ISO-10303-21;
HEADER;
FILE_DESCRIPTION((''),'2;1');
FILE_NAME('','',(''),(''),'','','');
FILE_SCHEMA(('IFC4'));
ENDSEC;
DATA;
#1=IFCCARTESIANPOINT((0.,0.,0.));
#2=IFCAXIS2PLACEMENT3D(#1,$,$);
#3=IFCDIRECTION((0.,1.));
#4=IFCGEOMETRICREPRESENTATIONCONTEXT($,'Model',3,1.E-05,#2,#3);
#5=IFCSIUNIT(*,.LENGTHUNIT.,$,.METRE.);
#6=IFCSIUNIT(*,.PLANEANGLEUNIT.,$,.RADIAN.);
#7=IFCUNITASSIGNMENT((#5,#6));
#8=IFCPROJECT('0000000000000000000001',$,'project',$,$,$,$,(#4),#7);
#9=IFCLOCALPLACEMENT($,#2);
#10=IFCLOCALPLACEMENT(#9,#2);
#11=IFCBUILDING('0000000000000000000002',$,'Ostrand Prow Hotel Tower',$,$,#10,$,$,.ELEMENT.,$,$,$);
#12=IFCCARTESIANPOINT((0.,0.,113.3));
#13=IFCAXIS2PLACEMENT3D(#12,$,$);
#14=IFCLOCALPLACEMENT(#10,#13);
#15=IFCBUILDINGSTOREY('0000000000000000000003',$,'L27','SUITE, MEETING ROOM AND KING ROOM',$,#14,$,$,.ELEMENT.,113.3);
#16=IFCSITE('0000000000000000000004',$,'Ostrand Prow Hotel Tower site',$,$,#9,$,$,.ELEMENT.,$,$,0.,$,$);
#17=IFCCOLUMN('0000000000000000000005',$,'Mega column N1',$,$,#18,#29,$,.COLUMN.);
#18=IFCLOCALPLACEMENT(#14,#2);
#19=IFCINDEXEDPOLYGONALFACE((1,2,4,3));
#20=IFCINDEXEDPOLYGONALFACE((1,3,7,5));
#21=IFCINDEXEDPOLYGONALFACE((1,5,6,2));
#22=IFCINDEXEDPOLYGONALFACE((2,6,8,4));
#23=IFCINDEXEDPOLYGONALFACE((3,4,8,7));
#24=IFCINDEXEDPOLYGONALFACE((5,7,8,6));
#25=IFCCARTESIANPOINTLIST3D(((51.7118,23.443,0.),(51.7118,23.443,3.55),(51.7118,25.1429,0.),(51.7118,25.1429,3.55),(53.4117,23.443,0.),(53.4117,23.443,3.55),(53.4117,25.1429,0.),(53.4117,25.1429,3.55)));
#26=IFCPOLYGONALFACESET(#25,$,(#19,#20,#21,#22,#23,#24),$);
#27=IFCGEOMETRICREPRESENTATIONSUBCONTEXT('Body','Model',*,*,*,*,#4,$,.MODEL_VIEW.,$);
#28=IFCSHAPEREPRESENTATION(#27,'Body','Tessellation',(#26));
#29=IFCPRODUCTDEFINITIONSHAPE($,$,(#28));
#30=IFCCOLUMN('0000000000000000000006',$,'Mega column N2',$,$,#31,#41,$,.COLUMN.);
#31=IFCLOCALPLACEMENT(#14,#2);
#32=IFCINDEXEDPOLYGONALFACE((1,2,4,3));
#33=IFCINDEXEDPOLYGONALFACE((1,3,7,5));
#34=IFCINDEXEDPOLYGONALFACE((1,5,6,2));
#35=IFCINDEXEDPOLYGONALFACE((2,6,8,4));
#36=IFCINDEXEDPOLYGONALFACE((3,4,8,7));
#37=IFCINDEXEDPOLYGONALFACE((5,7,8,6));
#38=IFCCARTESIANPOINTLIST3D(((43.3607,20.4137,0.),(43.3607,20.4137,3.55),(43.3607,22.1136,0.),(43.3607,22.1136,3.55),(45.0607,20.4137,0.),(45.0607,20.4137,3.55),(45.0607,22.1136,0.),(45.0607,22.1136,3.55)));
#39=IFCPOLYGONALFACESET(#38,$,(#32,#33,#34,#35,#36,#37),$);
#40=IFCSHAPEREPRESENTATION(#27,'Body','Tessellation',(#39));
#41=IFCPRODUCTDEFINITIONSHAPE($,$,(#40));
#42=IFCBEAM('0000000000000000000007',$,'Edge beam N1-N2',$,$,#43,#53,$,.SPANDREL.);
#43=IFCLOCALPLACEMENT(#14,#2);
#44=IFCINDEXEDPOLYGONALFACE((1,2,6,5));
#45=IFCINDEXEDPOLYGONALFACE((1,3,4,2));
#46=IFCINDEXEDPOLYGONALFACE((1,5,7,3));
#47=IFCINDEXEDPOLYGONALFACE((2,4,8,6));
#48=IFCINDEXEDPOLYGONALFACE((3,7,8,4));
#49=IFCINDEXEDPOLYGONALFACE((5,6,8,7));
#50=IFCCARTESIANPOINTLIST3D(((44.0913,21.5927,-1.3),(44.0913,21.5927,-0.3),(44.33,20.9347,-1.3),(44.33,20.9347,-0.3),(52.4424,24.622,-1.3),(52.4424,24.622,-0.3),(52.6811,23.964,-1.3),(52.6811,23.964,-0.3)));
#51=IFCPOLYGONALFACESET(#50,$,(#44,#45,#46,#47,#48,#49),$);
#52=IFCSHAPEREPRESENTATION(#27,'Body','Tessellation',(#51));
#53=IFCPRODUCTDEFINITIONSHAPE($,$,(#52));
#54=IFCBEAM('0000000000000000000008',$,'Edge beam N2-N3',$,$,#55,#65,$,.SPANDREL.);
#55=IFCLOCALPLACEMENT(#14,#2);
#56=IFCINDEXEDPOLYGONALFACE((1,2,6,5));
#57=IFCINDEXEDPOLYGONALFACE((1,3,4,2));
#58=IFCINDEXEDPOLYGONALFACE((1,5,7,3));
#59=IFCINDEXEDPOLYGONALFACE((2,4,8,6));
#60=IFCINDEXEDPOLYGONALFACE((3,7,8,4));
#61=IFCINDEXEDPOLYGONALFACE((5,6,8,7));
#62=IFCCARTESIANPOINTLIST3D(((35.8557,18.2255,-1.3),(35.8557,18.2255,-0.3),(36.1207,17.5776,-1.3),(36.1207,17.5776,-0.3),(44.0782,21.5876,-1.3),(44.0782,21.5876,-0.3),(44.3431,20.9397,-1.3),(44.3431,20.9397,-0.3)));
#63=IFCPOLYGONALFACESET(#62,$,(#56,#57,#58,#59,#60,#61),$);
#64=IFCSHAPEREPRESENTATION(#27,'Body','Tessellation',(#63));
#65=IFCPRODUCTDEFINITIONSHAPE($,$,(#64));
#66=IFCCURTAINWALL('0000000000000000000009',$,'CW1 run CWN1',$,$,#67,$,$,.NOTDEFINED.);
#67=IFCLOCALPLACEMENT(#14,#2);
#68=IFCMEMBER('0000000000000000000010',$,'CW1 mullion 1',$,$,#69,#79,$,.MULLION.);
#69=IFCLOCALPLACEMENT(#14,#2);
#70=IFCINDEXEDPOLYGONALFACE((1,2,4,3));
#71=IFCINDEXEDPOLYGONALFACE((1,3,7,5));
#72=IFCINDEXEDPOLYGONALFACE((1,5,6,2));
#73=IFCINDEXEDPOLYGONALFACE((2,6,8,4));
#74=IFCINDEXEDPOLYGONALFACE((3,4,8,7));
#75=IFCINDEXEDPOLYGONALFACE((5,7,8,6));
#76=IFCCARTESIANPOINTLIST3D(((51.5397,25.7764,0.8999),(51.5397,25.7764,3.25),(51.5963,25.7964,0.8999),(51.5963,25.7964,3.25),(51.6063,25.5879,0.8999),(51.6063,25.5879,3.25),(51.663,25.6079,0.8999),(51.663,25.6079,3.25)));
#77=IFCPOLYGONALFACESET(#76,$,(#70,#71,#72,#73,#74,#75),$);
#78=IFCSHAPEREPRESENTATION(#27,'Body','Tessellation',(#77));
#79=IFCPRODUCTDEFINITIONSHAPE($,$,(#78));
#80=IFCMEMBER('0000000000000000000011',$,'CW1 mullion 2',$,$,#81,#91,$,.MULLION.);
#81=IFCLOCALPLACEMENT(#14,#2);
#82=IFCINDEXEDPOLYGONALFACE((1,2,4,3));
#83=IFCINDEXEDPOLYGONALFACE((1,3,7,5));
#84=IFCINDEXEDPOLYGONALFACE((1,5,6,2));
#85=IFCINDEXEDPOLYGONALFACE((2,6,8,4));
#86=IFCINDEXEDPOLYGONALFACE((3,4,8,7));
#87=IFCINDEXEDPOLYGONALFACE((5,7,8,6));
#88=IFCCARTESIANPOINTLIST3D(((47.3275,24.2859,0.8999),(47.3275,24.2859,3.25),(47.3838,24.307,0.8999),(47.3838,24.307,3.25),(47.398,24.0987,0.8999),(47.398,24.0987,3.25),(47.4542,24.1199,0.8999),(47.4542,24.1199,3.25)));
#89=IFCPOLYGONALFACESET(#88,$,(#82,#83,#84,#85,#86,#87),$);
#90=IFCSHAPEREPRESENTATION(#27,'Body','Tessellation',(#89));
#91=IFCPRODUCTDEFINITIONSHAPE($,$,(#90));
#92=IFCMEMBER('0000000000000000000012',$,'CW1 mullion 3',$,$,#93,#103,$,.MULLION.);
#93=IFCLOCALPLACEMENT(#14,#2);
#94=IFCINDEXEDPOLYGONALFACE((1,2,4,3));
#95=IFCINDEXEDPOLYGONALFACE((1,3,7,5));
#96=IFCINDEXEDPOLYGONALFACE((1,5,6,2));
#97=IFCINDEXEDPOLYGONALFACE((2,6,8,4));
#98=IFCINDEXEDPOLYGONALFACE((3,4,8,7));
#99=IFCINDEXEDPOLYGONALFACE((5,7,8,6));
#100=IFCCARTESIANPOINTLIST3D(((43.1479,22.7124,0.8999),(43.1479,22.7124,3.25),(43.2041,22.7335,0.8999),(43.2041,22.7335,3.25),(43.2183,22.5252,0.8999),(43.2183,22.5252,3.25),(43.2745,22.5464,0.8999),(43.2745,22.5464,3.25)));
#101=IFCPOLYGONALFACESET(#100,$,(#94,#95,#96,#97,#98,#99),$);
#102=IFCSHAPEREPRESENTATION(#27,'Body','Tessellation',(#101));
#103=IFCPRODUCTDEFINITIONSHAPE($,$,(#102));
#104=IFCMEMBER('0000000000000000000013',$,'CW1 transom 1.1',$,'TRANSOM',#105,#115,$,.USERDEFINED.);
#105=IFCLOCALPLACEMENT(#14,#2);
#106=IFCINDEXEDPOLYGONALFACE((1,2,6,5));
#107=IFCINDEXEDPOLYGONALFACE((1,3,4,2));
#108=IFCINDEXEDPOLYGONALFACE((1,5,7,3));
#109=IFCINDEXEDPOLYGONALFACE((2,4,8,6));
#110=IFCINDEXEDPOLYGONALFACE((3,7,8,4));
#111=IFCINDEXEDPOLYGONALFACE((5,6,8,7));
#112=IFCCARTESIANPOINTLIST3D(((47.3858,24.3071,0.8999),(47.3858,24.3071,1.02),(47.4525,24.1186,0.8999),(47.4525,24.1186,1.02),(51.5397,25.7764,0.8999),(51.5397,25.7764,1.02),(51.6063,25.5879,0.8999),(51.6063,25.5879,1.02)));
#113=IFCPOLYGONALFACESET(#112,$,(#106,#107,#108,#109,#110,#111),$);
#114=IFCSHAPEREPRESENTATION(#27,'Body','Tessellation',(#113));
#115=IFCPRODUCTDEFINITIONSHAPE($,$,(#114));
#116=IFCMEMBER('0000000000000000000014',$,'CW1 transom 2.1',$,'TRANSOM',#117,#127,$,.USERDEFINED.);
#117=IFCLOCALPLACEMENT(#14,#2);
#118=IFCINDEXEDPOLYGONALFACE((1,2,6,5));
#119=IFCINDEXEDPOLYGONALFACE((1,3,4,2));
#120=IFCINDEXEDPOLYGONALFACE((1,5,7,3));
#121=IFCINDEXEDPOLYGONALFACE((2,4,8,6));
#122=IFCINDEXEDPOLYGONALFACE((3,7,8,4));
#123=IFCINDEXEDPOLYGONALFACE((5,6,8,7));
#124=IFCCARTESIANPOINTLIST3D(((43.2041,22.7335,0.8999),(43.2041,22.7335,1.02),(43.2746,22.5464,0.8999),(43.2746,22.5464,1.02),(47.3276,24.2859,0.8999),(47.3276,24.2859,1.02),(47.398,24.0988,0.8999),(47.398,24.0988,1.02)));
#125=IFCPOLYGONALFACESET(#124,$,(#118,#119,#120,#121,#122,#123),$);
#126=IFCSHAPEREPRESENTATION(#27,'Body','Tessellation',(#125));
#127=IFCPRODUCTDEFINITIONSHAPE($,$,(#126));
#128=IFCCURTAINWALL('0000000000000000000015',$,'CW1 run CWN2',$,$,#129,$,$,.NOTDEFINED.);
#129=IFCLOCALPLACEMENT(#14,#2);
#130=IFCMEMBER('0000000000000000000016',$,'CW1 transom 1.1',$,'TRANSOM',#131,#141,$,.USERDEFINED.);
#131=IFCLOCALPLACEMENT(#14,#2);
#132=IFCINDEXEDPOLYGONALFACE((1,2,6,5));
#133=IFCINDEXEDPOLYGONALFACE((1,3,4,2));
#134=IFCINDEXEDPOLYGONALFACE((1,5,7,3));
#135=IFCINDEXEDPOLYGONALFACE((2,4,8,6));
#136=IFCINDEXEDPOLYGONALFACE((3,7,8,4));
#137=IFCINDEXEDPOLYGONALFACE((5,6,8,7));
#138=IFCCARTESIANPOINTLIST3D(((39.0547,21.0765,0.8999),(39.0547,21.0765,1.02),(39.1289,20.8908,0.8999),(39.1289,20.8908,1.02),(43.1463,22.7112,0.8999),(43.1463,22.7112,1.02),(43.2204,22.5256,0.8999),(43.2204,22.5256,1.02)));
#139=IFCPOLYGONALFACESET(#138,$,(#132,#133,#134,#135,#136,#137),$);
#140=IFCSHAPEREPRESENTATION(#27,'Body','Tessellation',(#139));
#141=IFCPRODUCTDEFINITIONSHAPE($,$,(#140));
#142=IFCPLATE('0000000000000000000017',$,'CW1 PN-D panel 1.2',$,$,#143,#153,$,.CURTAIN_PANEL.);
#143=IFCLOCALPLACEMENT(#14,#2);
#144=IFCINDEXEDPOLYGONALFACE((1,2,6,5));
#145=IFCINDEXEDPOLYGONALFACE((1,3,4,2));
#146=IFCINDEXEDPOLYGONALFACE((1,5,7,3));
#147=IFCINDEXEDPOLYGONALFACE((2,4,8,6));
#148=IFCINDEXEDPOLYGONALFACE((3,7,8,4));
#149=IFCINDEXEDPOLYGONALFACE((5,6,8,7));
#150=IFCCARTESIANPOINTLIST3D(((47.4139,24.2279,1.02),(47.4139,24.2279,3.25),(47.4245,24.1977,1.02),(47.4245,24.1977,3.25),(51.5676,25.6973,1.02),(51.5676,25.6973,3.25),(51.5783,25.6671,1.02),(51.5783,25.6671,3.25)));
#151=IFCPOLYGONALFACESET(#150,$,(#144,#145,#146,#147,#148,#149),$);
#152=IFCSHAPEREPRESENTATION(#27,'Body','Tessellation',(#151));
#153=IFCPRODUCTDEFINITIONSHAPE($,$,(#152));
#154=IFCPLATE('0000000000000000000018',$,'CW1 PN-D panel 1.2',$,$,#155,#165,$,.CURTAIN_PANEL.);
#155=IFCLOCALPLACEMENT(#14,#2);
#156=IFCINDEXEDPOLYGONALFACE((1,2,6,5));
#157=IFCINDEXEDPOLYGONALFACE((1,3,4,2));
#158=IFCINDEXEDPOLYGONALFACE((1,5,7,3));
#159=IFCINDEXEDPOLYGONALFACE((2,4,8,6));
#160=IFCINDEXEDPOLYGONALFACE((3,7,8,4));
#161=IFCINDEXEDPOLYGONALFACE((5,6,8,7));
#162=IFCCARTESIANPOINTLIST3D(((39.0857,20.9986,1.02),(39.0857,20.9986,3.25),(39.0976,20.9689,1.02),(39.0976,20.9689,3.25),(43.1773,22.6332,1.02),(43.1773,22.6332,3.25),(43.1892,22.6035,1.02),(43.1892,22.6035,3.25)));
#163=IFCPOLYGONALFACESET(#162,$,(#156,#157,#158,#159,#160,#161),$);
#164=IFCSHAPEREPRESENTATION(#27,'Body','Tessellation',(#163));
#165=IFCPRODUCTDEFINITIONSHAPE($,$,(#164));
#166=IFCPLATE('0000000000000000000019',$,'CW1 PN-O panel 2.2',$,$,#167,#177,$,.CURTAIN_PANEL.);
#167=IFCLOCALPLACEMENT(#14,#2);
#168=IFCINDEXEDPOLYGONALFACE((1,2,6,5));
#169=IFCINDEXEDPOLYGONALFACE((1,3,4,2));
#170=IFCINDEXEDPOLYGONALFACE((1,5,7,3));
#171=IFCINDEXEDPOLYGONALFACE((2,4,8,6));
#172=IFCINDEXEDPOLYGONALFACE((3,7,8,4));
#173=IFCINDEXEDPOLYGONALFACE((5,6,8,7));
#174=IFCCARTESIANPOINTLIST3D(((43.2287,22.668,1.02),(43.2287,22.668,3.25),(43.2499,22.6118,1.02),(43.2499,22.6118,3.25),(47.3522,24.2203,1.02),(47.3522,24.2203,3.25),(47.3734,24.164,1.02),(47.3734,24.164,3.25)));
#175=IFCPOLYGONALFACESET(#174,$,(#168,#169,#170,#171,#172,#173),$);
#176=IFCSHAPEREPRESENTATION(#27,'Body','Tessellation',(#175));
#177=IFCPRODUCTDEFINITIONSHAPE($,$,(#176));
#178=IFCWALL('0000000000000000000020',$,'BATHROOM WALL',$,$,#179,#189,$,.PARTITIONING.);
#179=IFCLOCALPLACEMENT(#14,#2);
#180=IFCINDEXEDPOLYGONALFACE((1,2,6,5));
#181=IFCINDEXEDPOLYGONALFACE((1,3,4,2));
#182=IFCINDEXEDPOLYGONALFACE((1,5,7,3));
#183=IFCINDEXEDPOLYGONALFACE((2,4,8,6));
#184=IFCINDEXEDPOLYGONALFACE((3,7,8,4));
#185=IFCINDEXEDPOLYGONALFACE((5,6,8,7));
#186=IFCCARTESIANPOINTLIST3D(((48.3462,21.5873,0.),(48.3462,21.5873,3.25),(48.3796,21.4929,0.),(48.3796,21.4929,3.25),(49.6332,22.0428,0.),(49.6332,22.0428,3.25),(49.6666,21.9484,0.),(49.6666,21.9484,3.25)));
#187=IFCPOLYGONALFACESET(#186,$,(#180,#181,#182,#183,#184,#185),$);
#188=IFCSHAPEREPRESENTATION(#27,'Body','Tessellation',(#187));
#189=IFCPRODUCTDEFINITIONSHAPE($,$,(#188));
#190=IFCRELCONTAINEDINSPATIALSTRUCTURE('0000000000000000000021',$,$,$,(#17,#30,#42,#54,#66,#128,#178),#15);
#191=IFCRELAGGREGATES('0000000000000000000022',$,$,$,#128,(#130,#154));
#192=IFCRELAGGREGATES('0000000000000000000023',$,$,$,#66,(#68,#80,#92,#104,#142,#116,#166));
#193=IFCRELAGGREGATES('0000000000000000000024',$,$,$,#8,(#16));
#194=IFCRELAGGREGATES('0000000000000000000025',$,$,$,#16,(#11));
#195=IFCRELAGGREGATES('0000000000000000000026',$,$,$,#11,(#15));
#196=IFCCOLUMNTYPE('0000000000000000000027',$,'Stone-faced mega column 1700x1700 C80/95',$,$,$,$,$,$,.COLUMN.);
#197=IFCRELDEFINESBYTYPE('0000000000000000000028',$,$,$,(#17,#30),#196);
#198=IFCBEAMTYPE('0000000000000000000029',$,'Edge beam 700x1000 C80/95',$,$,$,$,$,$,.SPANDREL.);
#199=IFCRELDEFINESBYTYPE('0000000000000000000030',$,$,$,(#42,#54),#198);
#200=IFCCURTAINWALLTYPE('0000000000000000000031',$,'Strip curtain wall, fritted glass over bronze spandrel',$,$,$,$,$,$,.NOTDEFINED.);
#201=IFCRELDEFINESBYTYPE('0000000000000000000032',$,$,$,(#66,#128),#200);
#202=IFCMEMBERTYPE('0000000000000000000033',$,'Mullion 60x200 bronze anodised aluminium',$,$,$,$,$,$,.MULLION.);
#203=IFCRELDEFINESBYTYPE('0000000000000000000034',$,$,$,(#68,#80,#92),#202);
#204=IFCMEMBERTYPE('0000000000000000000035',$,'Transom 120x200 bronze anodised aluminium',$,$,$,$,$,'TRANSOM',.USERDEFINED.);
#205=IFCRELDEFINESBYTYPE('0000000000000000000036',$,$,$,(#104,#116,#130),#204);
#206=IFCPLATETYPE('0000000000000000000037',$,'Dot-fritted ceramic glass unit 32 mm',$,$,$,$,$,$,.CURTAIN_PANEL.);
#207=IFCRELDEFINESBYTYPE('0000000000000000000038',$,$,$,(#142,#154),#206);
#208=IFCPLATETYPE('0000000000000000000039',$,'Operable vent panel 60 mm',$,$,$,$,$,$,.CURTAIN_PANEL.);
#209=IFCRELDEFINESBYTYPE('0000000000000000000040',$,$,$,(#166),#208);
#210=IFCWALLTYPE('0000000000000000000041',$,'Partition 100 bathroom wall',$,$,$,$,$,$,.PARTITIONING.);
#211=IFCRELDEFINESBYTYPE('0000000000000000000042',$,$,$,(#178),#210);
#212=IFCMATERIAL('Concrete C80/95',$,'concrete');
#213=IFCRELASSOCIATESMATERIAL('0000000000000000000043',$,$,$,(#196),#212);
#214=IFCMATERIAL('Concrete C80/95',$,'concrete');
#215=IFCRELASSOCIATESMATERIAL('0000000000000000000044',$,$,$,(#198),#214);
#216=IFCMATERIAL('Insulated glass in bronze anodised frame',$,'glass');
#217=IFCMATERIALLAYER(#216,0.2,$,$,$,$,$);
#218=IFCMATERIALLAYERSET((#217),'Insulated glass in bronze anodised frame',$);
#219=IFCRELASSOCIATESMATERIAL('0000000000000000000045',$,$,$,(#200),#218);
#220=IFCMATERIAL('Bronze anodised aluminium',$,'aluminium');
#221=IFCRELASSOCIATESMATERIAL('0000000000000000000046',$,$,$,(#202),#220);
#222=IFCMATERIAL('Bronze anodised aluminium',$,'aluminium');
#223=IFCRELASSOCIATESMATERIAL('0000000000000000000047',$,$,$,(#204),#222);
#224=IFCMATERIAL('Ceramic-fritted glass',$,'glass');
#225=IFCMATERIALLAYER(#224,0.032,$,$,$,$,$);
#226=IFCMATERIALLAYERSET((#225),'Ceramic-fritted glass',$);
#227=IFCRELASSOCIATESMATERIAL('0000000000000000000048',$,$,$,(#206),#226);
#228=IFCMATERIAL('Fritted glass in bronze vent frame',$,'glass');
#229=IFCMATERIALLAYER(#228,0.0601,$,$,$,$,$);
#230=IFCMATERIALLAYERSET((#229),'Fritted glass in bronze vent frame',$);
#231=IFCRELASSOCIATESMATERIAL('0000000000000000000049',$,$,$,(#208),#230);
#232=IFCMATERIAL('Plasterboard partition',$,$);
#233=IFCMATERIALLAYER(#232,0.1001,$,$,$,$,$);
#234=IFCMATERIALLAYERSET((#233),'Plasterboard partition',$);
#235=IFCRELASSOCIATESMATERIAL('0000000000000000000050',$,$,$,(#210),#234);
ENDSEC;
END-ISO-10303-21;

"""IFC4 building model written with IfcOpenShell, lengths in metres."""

from ifc_helpers import new_model, si_unit, direction, frame, frame_2d, origin, origin_2d, place, context, subcontext, project, spatial, rectangle, extrude, material, layer, layer_set, material_profile, profile_set, type_object, element, aggregate, save


model = new_model("IFC4")

# Units and contexts
model_context = context("Model", 3, precision=1e-05, world=origin(), true_north=direction((0.0, 1.0)))
body_context = subcontext(model_context, "Body", "Model", "MODEL_VIEW")
ifc_project = project(units=[si_unit("LENGTHUNIT", "METRE"), si_unit("PLANEANGLEUNIT", "RADIAN")], contexts=[model_context])

# Site, building, storey
site_placement = place(None, origin())
site = spatial("IfcSite", under=ifc_project, at=site_placement, Name="Ostrand Prow Hotel Tower site", CompositionType="ELEMENT", RefElevation=0.0)
building_placement = place(site_placement, origin())
building = spatial("IfcBuilding", under=site, at=building_placement, Name="Ostrand Prow Hotel Tower", CompositionType="ELEMENT")
storey_placement = place(building_placement, frame((0.0, 0.0, 113.3)))
storey = spatial("IfcBuildingStorey", under=building, at=storey_placement, Name="L27", Description="SUITE, MEETING ROOM AND KING ROOM", CompositionType="ELEMENT", Elevation=113.3)

# Columns
ifc_material_1 = material(Name="Concrete C80/95", Category="concrete")
ifc_material_profile_1 = material_profile(ifc_material_1, rectangle(XDim=1.7, YDim=1.7, at=origin_2d()), Name="RC 1700x1700")
ifc_profile_set_1 = profile_set([ifc_material_profile_1], Name="Concrete C80/95")
column_type = type_object("IfcColumnType", Name="Stone-faced mega column 1700x1700 C80/95", PredefinedType="COLUMN", material=ifc_profile_set_1)
for number, where, z_axis, x_axis, name in (
    (1, (52.5618, 24.293, 0.0), (0.0, 0.0, 1.0), (1.0, 0.0, 0.0), "Mega column N1"),
    (2, (44.2107, 21.2637, 0.0), (0.0, 0.0, 1.0), (1.0, 0.0, 0.0), "Mega column N2"),
):
    element("IfcColumn", number, at=place(storey_placement, frame(where, z_axis=z_axis, x_axis=x_axis)), inside=storey, type_object=column_type, Name=name, PredefinedType="COLUMN", context=body_context, shape_type="SweptSolid", body=[
        extrude(rectangle(XDim=1.7, YDim=1.7, at=origin_2d()), origin(), (0.0, 0.0, 1.0), 3.55),
    ])

# Beams
ifc_material_2 = material(Name="Concrete C80/95", Category="concrete")
ifc_material_profile_2 = material_profile(ifc_material_2, rectangle(XDim=0.7, YDim=1.0, at=origin_2d()), Name="RC 700x1000")
ifc_profile_set_2 = profile_set([ifc_material_profile_2], Name="Concrete C80/95")
beam_type = type_object("IfcBeamType", Name="Edge beam 700x1000 C80/95", PredefinedType="SPANDREL", material=ifc_profile_set_2)
beam_1_placement = place(storey_placement, frame((52.5618, 24.293, -0.8), z_axis=(-0.940063, -0.341002, 0.0), x_axis=(0.341002, -0.940063, 0.0)))
element("IfcBeam", 3, at=beam_1_placement, inside=storey, type_object=beam_type, Name="Edge beam N1-N2", PredefinedType="SPANDREL", context=body_context, shape_type="SweptSolid", body=[
    extrude(rectangle(XDim=0.7, YDim=1.0, at=origin_2d()), origin(), (0.0, 0.0, 1.0), 8.8835),
])
beam_2_placement = place(storey_placement, frame((44.2107, 21.2637, -0.8), z_axis=(-0.925612, -0.378473, 0.0), x_axis=(0.378473, -0.925612, 0.0)))
element("IfcBeam", 4, at=beam_2_placement, inside=storey, type_object=beam_type, Name="Edge beam N2-N3", PredefinedType="SPANDREL", context=body_context, shape_type="SweptSolid", body=[
    extrude(rectangle(XDim=0.7, YDim=1.0, at=origin_2d()), origin(), (0.0, 0.0, 1.0), 8.8833),
])

# Curtain wall, members
ifc_material_3 = material(Name="Insulated glass in bronze anodised frame", Category="glass")
ifc_layer_1 = layer(ifc_material_3, 0.2)
ifc_layer_set_1 = layer_set([ifc_layer_1], Name="Insulated glass in bronze anodised frame")
curtain_wall_type = type_object("IfcCurtainWallType", Name="Strip curtain wall, fritted glass over bronze spandrel", PredefinedType="NOTDEFINED", material=ifc_layer_set_1)
curtain_wall_1_placement = place(storey_placement, origin())
curtain_wall_1 = element("IfcCurtainWall", 5, at=curtain_wall_1_placement, inside=storey, type_object=curtain_wall_type, Name="CW1 run CWN1", PredefinedType="NOTDEFINED")
ifc_material_4 = material(Name="Bronze anodised aluminium", Category="aluminium")
ifc_material_profile_3 = material_profile(ifc_material_4, rectangle(XDim=0.2, YDim=0.0601, at=origin_2d()), Name="Mullion 60x200 bronze anodised aluminium")
ifc_profile_set_3 = profile_set([ifc_material_profile_3], Name="Bronze anodised aluminium")
member_type_1 = type_object("IfcMemberType", Name="Mullion 60x200 bronze anodised aluminium", PredefinedType="MULLION", material=ifc_profile_set_3)
member_1_placement = place(storey_placement, frame((51.6013, 25.6921, 0.8999), z_axis=(0.0, 0.0, 1.0), x_axis=(0.333496, -0.942752, 0.0)))
member_1 = element("IfcMember", 6, at=member_1_placement, type_object=member_type_1, Name="CW1 mullion 1", PredefinedType="MULLION", context=body_context, shape_type="SweptSolid", body=[
    extrude(rectangle(XDim=0.2, YDim=0.0601, at=origin_2d()), origin(), (0.0, 0.0, 1.0), 2.3501),
])
member_2_placement = place(storey_placement, frame((47.3909, 24.2029, 0.8999), z_axis=(0.0, 0.0, 1.0), x_axis=(0.352309, -0.935884, 0.0)))
member_2 = element("IfcMember", 7, at=member_2_placement, type_object=member_type_1, Name="CW1 mullion 2", PredefinedType="MULLION", context=body_context, shape_type="SweptSolid", body=[
    extrude(rectangle(XDim=0.2, YDim=0.0601, at=origin_2d()), origin(), (0.0, 0.0, 1.0), 2.3501),
])
member_3_placement = place(storey_placement, frame((43.2112, 22.6294, 0.8999), z_axis=(0.0, 0.0, 1.0), x_axis=(0.352309, -0.935884, 0.0)))
member_3 = element("IfcMember", 8, at=member_3_placement, type_object=member_type_1, Name="CW1 mullion 3", PredefinedType="MULLION", context=body_context, shape_type="SweptSolid", body=[
    extrude(rectangle(XDim=0.2, YDim=0.0601, at=origin_2d()), origin(), (0.0, 0.0, 1.0), 2.3501),
])
ifc_material_5 = material(Name="Bronze anodised aluminium", Category="aluminium")
ifc_material_profile_4 = material_profile(ifc_material_5, rectangle(XDim=0.2, YDim=0.1201, at=origin_2d()), Name="Transom 120x200 bronze anodised aluminium")
ifc_profile_set_4 = profile_set([ifc_material_profile_4], Name="Bronze anodised aluminium")
member_type_2 = type_object("IfcMemberType", Name="Transom 120x200 bronze anodised aluminium", ElementType="TRANSOM", PredefinedType="USERDEFINED", material=ifc_profile_set_4)
member_4_placement = place(storey_placement, frame((51.573, 25.6821, 0.96), z_axis=(-0.942763, -0.333463, 0.0), x_axis=(0.333463, -0.942763, 0.0)))
member_4 = element("IfcMember", 9, at=member_4_placement, type_object=member_type_2, Name="CW1 transom 1.1", ObjectType="TRANSOM", PredefinedType="USERDEFINED", context=body_context, shape_type="SweptSolid", body=[
    extrude(rectangle(XDim=0.2, YDim=0.1201, at=origin_2d()), origin(), (0.0, 0.0, 1.0), 4.406),
])
member_5_placement = place(storey_placement, frame((47.3628, 24.1924, 0.96), z_axis=(-0.935868, -0.35235, 0.0), x_axis=(0.35235, -0.935868, 0.0)))
member_5 = element("IfcMember", 10, at=member_5_placement, type_object=member_type_2, Name="CW1 transom 2.1", ObjectType="TRANSOM", PredefinedType="USERDEFINED", context=body_context, shape_type="SweptSolid", body=[
    extrude(rectangle(XDim=0.2, YDim=0.1201, at=origin_2d()), origin(), (0.0, 0.0, 1.0), 4.406),
])

# Curtain wall, member
curtain_wall_2_placement = place(storey_placement, origin())
curtain_wall_2 = element("IfcCurtainWall", 11, at=curtain_wall_2_placement, inside=storey, type_object=curtain_wall_type, Name="CW1 run CWN2", PredefinedType="NOTDEFINED")
member_6_placement = place(storey_placement, frame((43.1833, 22.6184, 0.96), z_axis=(-0.928622, -0.371028, 0.0), x_axis=(0.371028, -0.928622, 0.0)))
member_6 = element("IfcMember", 12, at=member_6_placement, type_object=member_type_2, Name="CW1 transom 1.1", ObjectType="TRANSOM", PredefinedType="USERDEFINED", context=body_context, shape_type="SweptSolid", body=[
    extrude(rectangle(XDim=0.2, YDim=0.1201, at=origin_2d()), origin(), (0.0, 0.0, 1.0), 4.406),
])

# Plates
ifc_material_6 = material(Name="Ceramic-fritted glass", Category="glass")
ifc_layer_2 = layer(ifc_material_6, 0.032)
ifc_layer_set_2 = layer_set([ifc_layer_2], Name="Ceramic-fritted glass")
plate_type_1 = type_object("IfcPlateType", Name="Dot-fritted ceramic glass unit 32 mm", PredefinedType="CURTAIN_PANEL", material=ifc_layer_set_2)
plate_1_placement = place(storey_placement, frame((49.4961, 24.9475, 1.02), z_axis=(0.0, 0.0, 1.0), x_axis=(-0.942752, -0.333496, 0.0)))
plate_1 = element("IfcPlate", 13, at=plate_1_placement, type_object=plate_type_1, Name="CW1 PN-D panel 1.2", PredefinedType="CURTAIN_PANEL", context=body_context, shape_type="SweptSolid", body=[
    extrude(rectangle(XDim=4.406, YDim=0.032, at=origin_2d()), origin(), (0.0, 0.0, 1.0), 2.23),
])
plate_2_placement = place(storey_placement, frame((41.1375, 21.801, 1.02), z_axis=(0.0, 0.0, 1.0), x_axis=(-0.92864, -0.370982, 0.0)))
plate_2 = element("IfcPlate", 14, at=plate_2_placement, type_object=plate_type_1, Name="CW1 PN-D panel 1.2", PredefinedType="CURTAIN_PANEL", context=body_context, shape_type="SweptSolid", body=[
    extrude(rectangle(XDim=4.406, YDim=0.032, at=origin_2d()), origin(), (0.0, 0.0, 1.0), 2.23),
])
aggregate(curtain_wall_2, [member_6, plate_2])
ifc_material_7 = material(Name="Fritted glass in bronze vent frame", Category="glass")
ifc_layer_3 = layer(ifc_material_7, 0.0601)
ifc_layer_set_3 = layer_set([ifc_layer_3], Name="Fritted glass in bronze vent frame")
plate_type_2 = type_object("IfcPlateType", Name="Operable vent panel 60 mm", PredefinedType="CURTAIN_PANEL", material=ifc_layer_set_3)
plate_3_placement = place(storey_placement, frame((45.301, 23.416, 1.02), z_axis=(0.0, 0.0, 1.0), x_axis=(-0.935884, -0.352309, 0.0)))
plate_3 = element("IfcPlate", 15, at=plate_3_placement, type_object=plate_type_2, Name="CW1 PN-O panel 2.2", PredefinedType="CURTAIN_PANEL", context=body_context, shape_type="SweptSolid", body=[
    extrude(rectangle(XDim=4.406, YDim=0.0601, at=origin_2d()), origin(), (0.0, 0.0, 1.0), 2.23),
])
aggregate(curtain_wall_1, [member_1, member_2, member_3, member_4, plate_1, member_5, plate_3])

# Wall
ifc_material_8 = material(Name="Plasterboard partition")
ifc_layer_4 = layer(ifc_material_8, 0.1001)
ifc_layer_set_4 = layer_set([ifc_layer_4], Name="Plasterboard partition")
wall_type_1 = type_object("IfcWallType", Name="Partition 100 bathroom wall", PredefinedType="PARTITIONING", material=ifc_layer_set_4)
wall_1_placement = place(storey_placement, frame((49.6499, 21.9956, 0.0), z_axis=(0.0, 0.0, 1.0), x_axis=(-0.942693, -0.333662, 0.0)))
element("IfcWall", 16, at=wall_1_placement, inside=storey, type_object=wall_type_1, Name="BATHROOM WALL", PredefinedType="PARTITIONING", context=body_context, shape_type="SweptSolid", body=[
    extrude(rectangle(XDim=1.3652, YDim=0.1001, at=frame_2d((0.6826, 0.0))), origin(), (0.0, 0.0, 1.0), 3.25),
])

save(model, "model.ifc")
